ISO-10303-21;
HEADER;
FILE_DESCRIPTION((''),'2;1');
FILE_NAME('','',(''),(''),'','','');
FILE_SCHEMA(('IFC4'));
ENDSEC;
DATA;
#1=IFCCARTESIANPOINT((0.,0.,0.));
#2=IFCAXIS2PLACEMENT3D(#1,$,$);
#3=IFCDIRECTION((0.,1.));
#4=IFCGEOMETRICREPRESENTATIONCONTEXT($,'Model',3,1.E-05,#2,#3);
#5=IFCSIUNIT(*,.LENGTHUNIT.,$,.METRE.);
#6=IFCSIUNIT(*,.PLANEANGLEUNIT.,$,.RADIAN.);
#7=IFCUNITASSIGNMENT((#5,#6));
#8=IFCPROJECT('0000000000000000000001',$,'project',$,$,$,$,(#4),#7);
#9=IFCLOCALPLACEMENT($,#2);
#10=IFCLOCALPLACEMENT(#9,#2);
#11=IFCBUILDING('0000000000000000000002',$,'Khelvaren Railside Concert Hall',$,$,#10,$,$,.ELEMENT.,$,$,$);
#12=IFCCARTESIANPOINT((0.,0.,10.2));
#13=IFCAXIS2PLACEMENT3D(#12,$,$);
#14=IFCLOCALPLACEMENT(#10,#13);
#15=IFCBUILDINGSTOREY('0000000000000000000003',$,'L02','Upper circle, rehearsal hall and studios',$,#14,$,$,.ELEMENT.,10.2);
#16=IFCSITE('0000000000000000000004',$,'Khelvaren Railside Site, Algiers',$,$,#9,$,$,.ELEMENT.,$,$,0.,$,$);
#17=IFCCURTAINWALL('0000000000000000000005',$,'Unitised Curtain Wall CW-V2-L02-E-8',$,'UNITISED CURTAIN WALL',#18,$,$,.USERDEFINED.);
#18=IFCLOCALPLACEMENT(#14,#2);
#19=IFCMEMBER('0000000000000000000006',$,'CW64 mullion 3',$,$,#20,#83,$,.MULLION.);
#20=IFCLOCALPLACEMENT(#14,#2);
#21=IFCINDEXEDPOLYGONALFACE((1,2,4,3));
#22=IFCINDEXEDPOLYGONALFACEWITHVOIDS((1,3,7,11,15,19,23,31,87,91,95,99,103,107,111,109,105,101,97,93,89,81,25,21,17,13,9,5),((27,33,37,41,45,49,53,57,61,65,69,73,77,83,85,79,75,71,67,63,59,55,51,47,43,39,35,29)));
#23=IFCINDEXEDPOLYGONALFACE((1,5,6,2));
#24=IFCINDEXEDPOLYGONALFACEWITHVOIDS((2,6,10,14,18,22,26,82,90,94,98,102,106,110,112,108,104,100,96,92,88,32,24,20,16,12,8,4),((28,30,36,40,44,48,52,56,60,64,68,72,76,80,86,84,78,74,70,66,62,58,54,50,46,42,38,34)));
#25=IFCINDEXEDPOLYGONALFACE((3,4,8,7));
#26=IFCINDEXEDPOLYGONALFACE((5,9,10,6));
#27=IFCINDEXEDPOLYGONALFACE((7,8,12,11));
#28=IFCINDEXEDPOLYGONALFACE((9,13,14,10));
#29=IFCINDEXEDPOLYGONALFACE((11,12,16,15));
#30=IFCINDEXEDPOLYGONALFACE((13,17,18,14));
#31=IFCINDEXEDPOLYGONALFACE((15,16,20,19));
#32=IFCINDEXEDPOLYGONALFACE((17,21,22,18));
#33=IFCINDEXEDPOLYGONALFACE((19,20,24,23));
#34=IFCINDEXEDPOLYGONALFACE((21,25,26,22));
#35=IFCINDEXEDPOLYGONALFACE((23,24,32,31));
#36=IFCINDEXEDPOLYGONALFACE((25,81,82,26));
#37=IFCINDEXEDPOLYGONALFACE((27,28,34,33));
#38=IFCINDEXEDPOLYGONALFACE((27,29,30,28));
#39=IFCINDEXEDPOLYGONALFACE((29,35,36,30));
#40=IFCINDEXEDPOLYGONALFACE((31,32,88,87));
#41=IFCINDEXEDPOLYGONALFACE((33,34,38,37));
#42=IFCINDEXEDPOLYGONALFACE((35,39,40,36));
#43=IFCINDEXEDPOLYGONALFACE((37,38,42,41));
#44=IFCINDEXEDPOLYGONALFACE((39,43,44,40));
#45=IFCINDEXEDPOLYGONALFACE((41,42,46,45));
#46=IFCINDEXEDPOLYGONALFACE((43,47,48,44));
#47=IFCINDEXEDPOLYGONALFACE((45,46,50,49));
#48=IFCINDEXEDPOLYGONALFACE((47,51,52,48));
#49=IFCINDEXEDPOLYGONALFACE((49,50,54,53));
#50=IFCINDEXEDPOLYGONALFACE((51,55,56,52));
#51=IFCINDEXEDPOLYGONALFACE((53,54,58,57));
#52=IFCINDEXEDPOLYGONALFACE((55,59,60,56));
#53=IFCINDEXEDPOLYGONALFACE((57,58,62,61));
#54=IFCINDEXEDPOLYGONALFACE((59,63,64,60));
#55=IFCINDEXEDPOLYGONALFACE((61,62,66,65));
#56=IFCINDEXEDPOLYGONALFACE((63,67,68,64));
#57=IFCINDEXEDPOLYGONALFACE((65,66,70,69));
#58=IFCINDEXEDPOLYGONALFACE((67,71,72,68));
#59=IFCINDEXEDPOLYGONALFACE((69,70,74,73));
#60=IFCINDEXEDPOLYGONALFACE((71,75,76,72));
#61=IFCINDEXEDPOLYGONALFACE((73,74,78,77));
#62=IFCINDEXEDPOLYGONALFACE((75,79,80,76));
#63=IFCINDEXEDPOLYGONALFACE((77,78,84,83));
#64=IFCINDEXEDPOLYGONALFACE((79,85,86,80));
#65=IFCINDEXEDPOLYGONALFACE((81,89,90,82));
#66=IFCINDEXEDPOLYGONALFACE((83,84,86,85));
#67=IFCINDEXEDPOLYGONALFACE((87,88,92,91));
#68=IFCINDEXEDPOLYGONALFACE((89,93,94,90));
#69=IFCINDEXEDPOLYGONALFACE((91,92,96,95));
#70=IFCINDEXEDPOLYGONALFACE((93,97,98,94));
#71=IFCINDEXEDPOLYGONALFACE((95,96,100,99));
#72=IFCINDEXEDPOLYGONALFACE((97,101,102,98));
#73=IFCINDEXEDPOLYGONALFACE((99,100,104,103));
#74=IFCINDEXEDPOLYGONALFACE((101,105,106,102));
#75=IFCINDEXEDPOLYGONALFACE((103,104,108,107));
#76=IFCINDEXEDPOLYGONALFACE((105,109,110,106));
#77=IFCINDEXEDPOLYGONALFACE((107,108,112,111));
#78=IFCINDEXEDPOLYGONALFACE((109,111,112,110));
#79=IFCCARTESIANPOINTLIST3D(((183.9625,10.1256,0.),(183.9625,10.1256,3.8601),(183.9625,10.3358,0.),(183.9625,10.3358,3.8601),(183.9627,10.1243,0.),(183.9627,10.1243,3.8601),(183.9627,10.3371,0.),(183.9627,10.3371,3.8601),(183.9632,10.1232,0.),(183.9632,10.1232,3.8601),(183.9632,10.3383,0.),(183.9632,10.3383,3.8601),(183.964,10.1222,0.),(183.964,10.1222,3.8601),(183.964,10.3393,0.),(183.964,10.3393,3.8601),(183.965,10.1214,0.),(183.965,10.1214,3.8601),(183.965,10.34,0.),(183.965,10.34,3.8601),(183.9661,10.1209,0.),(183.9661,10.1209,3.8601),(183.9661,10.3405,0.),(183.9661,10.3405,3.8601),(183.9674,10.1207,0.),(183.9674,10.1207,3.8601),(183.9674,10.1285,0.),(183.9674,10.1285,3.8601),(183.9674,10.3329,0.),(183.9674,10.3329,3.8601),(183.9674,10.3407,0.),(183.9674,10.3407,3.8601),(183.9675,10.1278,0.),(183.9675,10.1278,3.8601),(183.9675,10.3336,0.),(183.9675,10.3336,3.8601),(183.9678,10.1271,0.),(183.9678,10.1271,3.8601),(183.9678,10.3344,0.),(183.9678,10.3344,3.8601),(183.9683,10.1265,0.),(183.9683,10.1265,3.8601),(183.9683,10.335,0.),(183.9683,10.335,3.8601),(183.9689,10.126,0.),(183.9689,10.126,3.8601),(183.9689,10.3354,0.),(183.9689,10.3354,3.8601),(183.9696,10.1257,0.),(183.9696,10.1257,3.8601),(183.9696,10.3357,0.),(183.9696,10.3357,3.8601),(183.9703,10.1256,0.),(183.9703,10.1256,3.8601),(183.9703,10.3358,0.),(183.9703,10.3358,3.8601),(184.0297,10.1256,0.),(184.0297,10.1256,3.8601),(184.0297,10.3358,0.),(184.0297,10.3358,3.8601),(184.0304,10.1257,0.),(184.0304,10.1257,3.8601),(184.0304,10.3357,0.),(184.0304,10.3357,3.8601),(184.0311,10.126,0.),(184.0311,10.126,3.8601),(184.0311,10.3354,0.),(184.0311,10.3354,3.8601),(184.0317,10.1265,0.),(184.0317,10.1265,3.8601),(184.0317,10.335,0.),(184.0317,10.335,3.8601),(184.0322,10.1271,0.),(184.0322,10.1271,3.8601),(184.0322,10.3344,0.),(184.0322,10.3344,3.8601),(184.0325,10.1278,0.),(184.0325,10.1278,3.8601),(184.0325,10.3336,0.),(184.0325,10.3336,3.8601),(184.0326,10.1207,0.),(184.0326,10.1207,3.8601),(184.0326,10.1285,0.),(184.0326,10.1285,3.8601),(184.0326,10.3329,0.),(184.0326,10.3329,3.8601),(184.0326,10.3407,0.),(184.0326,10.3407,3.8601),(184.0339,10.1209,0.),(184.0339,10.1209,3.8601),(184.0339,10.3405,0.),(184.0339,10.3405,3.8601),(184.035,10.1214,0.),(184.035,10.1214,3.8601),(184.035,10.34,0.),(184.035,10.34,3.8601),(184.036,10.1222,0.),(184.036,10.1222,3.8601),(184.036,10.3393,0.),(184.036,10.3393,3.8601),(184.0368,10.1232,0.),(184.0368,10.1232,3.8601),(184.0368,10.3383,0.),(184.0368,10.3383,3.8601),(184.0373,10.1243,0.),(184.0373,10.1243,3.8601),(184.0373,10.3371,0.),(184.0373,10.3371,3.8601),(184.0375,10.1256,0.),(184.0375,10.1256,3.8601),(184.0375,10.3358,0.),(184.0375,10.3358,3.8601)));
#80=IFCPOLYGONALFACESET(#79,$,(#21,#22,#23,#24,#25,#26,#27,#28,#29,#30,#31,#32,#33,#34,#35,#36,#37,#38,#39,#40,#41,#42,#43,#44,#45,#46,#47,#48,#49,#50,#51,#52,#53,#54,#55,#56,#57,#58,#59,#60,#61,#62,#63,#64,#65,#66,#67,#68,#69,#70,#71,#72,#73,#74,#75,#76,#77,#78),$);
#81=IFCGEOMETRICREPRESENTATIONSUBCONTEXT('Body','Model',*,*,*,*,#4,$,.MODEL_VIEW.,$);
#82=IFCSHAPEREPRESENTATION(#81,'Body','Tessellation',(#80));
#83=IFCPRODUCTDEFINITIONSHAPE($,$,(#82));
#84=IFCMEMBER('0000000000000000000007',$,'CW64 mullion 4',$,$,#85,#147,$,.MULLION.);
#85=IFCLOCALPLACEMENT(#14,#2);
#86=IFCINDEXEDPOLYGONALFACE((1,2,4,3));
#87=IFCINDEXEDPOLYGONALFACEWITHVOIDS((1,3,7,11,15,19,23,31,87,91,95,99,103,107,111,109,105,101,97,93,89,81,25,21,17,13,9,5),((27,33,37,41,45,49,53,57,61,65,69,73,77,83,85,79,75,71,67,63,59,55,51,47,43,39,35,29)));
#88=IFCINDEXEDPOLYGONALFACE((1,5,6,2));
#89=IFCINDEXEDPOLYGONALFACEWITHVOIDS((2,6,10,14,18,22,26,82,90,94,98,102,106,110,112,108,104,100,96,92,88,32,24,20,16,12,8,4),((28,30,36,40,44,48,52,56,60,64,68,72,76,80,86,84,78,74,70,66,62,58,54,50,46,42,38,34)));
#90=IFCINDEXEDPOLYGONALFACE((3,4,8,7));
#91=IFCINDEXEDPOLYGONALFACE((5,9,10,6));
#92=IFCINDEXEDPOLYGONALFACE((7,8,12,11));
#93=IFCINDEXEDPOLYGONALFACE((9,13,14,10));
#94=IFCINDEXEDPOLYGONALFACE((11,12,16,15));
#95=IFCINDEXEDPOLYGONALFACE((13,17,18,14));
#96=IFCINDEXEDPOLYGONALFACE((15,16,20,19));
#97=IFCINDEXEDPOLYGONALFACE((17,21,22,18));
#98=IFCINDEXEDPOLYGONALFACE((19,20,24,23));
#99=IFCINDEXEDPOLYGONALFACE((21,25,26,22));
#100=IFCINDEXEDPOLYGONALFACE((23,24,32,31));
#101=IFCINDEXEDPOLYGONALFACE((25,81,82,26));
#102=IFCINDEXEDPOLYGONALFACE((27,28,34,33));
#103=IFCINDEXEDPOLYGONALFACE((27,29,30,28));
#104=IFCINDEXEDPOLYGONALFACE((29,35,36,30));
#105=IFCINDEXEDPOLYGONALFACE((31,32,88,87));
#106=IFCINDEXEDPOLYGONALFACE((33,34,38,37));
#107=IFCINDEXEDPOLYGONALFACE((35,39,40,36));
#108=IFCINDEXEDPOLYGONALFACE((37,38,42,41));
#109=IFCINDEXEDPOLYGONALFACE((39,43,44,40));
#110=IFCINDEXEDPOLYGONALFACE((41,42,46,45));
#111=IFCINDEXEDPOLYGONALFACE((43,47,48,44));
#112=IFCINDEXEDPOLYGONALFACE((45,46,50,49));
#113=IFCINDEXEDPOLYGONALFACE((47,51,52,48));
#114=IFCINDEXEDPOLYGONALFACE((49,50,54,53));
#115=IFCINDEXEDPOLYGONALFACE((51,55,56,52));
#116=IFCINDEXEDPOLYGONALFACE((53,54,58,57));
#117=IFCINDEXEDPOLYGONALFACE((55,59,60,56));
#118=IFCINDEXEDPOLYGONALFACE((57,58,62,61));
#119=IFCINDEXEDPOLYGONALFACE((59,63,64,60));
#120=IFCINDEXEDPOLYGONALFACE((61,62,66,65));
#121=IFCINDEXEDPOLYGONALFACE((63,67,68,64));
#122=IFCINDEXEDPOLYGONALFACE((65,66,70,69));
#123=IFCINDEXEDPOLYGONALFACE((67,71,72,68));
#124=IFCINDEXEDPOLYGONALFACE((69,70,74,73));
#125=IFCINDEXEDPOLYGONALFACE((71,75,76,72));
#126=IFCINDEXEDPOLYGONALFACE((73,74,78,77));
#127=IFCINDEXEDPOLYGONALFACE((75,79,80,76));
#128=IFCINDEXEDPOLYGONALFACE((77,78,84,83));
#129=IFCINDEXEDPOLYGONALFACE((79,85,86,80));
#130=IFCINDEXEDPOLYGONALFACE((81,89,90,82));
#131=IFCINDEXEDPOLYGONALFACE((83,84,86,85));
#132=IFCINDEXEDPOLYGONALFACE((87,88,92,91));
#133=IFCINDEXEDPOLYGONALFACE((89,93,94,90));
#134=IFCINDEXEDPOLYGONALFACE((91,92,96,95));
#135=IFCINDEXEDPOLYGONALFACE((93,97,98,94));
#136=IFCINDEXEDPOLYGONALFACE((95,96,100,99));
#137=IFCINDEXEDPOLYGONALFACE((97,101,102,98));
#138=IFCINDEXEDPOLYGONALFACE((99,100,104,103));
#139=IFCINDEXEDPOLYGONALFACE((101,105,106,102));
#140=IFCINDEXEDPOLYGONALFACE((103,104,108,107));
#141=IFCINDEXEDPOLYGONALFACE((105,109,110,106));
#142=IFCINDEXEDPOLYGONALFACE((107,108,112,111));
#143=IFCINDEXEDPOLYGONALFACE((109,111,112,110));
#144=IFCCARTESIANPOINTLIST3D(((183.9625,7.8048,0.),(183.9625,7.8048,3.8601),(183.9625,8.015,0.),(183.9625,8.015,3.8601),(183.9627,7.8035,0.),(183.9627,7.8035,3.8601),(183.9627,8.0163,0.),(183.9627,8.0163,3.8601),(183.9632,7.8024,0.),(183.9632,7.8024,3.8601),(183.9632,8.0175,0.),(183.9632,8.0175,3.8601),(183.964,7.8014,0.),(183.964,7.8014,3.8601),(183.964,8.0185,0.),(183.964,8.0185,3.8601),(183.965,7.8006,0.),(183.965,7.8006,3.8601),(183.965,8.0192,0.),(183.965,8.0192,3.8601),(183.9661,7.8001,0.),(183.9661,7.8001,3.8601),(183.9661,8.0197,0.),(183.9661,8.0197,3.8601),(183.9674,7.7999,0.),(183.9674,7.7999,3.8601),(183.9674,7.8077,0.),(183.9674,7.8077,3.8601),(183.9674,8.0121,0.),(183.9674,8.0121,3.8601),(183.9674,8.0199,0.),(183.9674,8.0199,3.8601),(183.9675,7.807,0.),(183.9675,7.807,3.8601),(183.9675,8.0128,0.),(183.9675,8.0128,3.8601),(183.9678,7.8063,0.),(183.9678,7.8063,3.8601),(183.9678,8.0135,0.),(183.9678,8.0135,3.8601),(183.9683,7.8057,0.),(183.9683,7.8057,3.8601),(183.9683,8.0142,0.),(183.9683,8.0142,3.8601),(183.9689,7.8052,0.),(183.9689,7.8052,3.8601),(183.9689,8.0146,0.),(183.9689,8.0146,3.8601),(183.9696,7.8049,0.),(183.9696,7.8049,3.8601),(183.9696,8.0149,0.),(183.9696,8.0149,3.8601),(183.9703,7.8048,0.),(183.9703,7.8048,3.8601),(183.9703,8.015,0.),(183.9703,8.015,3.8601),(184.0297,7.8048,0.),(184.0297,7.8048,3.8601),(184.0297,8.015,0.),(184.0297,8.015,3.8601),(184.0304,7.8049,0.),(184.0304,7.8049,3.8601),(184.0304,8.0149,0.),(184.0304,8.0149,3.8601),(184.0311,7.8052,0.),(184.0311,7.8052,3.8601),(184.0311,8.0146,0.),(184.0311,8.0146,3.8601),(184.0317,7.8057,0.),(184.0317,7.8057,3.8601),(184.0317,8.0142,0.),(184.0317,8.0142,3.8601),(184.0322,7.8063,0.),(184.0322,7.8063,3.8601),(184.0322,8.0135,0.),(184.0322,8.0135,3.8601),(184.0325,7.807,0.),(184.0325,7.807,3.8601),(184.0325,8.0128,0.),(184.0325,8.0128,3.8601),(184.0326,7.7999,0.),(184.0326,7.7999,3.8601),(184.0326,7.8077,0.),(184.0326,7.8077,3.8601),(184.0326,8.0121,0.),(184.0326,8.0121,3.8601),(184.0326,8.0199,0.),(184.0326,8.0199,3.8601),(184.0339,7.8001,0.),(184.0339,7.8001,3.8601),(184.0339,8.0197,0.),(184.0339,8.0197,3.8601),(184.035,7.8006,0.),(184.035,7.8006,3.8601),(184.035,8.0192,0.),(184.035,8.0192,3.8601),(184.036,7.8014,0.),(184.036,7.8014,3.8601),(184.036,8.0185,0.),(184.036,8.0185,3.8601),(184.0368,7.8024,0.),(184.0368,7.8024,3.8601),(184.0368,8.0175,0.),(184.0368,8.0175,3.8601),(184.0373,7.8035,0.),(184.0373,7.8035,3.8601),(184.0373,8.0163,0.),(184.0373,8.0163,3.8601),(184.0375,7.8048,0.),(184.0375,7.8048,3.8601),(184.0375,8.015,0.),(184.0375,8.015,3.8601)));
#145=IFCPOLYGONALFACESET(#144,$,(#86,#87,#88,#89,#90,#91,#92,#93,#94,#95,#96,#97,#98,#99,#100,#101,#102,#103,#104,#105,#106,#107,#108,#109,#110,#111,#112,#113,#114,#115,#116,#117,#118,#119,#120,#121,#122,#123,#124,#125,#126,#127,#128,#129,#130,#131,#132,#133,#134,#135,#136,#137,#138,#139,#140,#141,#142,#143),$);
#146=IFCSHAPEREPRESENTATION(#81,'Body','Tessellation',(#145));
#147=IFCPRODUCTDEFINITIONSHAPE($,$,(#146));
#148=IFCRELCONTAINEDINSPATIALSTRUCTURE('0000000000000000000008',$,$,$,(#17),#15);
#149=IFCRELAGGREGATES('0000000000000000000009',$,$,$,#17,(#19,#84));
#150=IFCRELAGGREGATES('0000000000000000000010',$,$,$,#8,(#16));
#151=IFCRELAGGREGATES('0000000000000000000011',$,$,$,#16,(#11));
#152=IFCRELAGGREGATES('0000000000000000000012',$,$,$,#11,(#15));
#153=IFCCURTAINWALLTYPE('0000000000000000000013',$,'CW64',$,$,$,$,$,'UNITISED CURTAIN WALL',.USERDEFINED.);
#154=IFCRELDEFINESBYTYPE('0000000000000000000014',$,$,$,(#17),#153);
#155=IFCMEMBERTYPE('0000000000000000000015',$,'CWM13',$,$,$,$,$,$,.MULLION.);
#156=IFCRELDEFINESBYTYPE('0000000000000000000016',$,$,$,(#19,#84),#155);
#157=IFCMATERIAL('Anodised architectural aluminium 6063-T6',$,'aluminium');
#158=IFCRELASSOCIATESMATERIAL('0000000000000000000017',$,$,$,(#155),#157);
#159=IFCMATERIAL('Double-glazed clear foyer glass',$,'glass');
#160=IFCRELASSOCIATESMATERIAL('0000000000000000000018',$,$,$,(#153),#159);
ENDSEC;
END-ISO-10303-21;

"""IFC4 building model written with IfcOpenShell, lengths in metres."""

from ifc_helpers import new_model, si_unit, direction, frame, origin, origin_2d, place, context, subcontext, project, spatial, hollow_rectangle, extrude, material, material_profile, profile_set, type_object, element, aggregate, save


model = new_model("IFC4")

# Units and contexts
model_context = context("Model", 3, precision=1e-05, world=origin(), true_north=direction((0.0, 1.0)))
body_context = subcontext(model_context, "Body", "Model", "MODEL_VIEW")
ifc_project = project(units=[si_unit("LENGTHUNIT", "METRE"), si_unit("PLANEANGLEUNIT", "RADIAN")], contexts=[model_context])

# Site, building, storey
site_placement = place(None, origin())
site = spatial("IfcSite", under=ifc_project, at=site_placement, Name="Khelvaren Railside Site, Algiers", CompositionType="ELEMENT", RefElevation=0.0)
building_placement = place(site_placement, origin())
building = spatial("IfcBuilding", under=site, at=building_placement, Name="Khelvaren Railside Concert Hall", CompositionType="ELEMENT")
storey_placement = place(building_placement, frame((0.0, 0.0, 10.2)))
storey = spatial("IfcBuildingStorey", under=building, at=storey_placement, Name="L02", Description="Upper circle, rehearsal hall and studios", CompositionType="ELEMENT", Elevation=10.2)

# Shared definitions
ifc_material_1 = material(Name="Double-glazed clear foyer glass", Category="glass")
ifc_material_2 = material(Name="Anodised architectural aluminium 6063-T6", Category="aluminium")
ifc_material_profile_1 = material_profile(ifc_material_2, hollow_rectangle(XDim=0.075, YDim=0.22, WallThickness=0.0049, InnerFilletRadius=0.0029, OuterFilletRadius=0.0049, at=origin_2d()), Name="CWM 75x220x5")
ifc_profile_set_1 = profile_set([ifc_material_profile_1], Name="Anodised architectural aluminium 6063-T6")
member_type_1 = type_object("IfcMemberType", Name="CWM13", PredefinedType="MULLION", material=ifc_profile_set_1)

# Curtain wall, members
curtain_wall_type_1 = type_object("IfcCurtainWallType", Name="CW64", ElementType="UNITISED CURTAIN WALL", PredefinedType="USERDEFINED", material=ifc_material_1)
curtain_wall_1_placement = place(storey_placement, origin())
curtain_wall_1 = element("IfcCurtainWall", 1, at=curtain_wall_1_placement, inside=storey, type_object=curtain_wall_type_1, Name="Unitised Curtain Wall CW-V2-L02-E-8", ObjectType="UNITISED CURTAIN WALL", PredefinedType="USERDEFINED")
member_1_placement = place(storey_placement, frame((184.0, 10.2307, 0.0), z_axis=(0.0, 0.0, 1.0), x_axis=(1.0, 0.0, 0.0)))
member_1 = element("IfcMember", 2, at=member_1_placement, type_object=member_type_1, Name="CW64 mullion 3", PredefinedType="MULLION", context=body_context, shape_type="SweptSolid", body=[
    extrude(hollow_rectangle(XDim=0.075, YDim=0.22, WallThickness=0.0049, InnerFilletRadius=0.0029, OuterFilletRadius=0.0049, at=origin_2d()), origin(), (0.0, 0.0, 1.0), 3.8601),
])
member_2_placement = place(storey_placement, frame((184.0, 7.9099, 0.0), z_axis=(0.0, 0.0, 1.0), x_axis=(1.0, 0.0, 0.0)))
member_2 = element("IfcMember", 3, at=member_2_placement, type_object=member_type_1, Name="CW64 mullion 4", PredefinedType="MULLION", context=body_context, shape_type="SweptSolid", body=[
    extrude(hollow_rectangle(XDim=0.075, YDim=0.22, WallThickness=0.0049, InnerFilletRadius=0.0029, OuterFilletRadius=0.0049, at=origin_2d()), origin(), (0.0, 0.0, 1.0), 3.8601),
])

aggregate(curtain_wall_1, [member_1, member_2])

save(model, "model.ifc")
